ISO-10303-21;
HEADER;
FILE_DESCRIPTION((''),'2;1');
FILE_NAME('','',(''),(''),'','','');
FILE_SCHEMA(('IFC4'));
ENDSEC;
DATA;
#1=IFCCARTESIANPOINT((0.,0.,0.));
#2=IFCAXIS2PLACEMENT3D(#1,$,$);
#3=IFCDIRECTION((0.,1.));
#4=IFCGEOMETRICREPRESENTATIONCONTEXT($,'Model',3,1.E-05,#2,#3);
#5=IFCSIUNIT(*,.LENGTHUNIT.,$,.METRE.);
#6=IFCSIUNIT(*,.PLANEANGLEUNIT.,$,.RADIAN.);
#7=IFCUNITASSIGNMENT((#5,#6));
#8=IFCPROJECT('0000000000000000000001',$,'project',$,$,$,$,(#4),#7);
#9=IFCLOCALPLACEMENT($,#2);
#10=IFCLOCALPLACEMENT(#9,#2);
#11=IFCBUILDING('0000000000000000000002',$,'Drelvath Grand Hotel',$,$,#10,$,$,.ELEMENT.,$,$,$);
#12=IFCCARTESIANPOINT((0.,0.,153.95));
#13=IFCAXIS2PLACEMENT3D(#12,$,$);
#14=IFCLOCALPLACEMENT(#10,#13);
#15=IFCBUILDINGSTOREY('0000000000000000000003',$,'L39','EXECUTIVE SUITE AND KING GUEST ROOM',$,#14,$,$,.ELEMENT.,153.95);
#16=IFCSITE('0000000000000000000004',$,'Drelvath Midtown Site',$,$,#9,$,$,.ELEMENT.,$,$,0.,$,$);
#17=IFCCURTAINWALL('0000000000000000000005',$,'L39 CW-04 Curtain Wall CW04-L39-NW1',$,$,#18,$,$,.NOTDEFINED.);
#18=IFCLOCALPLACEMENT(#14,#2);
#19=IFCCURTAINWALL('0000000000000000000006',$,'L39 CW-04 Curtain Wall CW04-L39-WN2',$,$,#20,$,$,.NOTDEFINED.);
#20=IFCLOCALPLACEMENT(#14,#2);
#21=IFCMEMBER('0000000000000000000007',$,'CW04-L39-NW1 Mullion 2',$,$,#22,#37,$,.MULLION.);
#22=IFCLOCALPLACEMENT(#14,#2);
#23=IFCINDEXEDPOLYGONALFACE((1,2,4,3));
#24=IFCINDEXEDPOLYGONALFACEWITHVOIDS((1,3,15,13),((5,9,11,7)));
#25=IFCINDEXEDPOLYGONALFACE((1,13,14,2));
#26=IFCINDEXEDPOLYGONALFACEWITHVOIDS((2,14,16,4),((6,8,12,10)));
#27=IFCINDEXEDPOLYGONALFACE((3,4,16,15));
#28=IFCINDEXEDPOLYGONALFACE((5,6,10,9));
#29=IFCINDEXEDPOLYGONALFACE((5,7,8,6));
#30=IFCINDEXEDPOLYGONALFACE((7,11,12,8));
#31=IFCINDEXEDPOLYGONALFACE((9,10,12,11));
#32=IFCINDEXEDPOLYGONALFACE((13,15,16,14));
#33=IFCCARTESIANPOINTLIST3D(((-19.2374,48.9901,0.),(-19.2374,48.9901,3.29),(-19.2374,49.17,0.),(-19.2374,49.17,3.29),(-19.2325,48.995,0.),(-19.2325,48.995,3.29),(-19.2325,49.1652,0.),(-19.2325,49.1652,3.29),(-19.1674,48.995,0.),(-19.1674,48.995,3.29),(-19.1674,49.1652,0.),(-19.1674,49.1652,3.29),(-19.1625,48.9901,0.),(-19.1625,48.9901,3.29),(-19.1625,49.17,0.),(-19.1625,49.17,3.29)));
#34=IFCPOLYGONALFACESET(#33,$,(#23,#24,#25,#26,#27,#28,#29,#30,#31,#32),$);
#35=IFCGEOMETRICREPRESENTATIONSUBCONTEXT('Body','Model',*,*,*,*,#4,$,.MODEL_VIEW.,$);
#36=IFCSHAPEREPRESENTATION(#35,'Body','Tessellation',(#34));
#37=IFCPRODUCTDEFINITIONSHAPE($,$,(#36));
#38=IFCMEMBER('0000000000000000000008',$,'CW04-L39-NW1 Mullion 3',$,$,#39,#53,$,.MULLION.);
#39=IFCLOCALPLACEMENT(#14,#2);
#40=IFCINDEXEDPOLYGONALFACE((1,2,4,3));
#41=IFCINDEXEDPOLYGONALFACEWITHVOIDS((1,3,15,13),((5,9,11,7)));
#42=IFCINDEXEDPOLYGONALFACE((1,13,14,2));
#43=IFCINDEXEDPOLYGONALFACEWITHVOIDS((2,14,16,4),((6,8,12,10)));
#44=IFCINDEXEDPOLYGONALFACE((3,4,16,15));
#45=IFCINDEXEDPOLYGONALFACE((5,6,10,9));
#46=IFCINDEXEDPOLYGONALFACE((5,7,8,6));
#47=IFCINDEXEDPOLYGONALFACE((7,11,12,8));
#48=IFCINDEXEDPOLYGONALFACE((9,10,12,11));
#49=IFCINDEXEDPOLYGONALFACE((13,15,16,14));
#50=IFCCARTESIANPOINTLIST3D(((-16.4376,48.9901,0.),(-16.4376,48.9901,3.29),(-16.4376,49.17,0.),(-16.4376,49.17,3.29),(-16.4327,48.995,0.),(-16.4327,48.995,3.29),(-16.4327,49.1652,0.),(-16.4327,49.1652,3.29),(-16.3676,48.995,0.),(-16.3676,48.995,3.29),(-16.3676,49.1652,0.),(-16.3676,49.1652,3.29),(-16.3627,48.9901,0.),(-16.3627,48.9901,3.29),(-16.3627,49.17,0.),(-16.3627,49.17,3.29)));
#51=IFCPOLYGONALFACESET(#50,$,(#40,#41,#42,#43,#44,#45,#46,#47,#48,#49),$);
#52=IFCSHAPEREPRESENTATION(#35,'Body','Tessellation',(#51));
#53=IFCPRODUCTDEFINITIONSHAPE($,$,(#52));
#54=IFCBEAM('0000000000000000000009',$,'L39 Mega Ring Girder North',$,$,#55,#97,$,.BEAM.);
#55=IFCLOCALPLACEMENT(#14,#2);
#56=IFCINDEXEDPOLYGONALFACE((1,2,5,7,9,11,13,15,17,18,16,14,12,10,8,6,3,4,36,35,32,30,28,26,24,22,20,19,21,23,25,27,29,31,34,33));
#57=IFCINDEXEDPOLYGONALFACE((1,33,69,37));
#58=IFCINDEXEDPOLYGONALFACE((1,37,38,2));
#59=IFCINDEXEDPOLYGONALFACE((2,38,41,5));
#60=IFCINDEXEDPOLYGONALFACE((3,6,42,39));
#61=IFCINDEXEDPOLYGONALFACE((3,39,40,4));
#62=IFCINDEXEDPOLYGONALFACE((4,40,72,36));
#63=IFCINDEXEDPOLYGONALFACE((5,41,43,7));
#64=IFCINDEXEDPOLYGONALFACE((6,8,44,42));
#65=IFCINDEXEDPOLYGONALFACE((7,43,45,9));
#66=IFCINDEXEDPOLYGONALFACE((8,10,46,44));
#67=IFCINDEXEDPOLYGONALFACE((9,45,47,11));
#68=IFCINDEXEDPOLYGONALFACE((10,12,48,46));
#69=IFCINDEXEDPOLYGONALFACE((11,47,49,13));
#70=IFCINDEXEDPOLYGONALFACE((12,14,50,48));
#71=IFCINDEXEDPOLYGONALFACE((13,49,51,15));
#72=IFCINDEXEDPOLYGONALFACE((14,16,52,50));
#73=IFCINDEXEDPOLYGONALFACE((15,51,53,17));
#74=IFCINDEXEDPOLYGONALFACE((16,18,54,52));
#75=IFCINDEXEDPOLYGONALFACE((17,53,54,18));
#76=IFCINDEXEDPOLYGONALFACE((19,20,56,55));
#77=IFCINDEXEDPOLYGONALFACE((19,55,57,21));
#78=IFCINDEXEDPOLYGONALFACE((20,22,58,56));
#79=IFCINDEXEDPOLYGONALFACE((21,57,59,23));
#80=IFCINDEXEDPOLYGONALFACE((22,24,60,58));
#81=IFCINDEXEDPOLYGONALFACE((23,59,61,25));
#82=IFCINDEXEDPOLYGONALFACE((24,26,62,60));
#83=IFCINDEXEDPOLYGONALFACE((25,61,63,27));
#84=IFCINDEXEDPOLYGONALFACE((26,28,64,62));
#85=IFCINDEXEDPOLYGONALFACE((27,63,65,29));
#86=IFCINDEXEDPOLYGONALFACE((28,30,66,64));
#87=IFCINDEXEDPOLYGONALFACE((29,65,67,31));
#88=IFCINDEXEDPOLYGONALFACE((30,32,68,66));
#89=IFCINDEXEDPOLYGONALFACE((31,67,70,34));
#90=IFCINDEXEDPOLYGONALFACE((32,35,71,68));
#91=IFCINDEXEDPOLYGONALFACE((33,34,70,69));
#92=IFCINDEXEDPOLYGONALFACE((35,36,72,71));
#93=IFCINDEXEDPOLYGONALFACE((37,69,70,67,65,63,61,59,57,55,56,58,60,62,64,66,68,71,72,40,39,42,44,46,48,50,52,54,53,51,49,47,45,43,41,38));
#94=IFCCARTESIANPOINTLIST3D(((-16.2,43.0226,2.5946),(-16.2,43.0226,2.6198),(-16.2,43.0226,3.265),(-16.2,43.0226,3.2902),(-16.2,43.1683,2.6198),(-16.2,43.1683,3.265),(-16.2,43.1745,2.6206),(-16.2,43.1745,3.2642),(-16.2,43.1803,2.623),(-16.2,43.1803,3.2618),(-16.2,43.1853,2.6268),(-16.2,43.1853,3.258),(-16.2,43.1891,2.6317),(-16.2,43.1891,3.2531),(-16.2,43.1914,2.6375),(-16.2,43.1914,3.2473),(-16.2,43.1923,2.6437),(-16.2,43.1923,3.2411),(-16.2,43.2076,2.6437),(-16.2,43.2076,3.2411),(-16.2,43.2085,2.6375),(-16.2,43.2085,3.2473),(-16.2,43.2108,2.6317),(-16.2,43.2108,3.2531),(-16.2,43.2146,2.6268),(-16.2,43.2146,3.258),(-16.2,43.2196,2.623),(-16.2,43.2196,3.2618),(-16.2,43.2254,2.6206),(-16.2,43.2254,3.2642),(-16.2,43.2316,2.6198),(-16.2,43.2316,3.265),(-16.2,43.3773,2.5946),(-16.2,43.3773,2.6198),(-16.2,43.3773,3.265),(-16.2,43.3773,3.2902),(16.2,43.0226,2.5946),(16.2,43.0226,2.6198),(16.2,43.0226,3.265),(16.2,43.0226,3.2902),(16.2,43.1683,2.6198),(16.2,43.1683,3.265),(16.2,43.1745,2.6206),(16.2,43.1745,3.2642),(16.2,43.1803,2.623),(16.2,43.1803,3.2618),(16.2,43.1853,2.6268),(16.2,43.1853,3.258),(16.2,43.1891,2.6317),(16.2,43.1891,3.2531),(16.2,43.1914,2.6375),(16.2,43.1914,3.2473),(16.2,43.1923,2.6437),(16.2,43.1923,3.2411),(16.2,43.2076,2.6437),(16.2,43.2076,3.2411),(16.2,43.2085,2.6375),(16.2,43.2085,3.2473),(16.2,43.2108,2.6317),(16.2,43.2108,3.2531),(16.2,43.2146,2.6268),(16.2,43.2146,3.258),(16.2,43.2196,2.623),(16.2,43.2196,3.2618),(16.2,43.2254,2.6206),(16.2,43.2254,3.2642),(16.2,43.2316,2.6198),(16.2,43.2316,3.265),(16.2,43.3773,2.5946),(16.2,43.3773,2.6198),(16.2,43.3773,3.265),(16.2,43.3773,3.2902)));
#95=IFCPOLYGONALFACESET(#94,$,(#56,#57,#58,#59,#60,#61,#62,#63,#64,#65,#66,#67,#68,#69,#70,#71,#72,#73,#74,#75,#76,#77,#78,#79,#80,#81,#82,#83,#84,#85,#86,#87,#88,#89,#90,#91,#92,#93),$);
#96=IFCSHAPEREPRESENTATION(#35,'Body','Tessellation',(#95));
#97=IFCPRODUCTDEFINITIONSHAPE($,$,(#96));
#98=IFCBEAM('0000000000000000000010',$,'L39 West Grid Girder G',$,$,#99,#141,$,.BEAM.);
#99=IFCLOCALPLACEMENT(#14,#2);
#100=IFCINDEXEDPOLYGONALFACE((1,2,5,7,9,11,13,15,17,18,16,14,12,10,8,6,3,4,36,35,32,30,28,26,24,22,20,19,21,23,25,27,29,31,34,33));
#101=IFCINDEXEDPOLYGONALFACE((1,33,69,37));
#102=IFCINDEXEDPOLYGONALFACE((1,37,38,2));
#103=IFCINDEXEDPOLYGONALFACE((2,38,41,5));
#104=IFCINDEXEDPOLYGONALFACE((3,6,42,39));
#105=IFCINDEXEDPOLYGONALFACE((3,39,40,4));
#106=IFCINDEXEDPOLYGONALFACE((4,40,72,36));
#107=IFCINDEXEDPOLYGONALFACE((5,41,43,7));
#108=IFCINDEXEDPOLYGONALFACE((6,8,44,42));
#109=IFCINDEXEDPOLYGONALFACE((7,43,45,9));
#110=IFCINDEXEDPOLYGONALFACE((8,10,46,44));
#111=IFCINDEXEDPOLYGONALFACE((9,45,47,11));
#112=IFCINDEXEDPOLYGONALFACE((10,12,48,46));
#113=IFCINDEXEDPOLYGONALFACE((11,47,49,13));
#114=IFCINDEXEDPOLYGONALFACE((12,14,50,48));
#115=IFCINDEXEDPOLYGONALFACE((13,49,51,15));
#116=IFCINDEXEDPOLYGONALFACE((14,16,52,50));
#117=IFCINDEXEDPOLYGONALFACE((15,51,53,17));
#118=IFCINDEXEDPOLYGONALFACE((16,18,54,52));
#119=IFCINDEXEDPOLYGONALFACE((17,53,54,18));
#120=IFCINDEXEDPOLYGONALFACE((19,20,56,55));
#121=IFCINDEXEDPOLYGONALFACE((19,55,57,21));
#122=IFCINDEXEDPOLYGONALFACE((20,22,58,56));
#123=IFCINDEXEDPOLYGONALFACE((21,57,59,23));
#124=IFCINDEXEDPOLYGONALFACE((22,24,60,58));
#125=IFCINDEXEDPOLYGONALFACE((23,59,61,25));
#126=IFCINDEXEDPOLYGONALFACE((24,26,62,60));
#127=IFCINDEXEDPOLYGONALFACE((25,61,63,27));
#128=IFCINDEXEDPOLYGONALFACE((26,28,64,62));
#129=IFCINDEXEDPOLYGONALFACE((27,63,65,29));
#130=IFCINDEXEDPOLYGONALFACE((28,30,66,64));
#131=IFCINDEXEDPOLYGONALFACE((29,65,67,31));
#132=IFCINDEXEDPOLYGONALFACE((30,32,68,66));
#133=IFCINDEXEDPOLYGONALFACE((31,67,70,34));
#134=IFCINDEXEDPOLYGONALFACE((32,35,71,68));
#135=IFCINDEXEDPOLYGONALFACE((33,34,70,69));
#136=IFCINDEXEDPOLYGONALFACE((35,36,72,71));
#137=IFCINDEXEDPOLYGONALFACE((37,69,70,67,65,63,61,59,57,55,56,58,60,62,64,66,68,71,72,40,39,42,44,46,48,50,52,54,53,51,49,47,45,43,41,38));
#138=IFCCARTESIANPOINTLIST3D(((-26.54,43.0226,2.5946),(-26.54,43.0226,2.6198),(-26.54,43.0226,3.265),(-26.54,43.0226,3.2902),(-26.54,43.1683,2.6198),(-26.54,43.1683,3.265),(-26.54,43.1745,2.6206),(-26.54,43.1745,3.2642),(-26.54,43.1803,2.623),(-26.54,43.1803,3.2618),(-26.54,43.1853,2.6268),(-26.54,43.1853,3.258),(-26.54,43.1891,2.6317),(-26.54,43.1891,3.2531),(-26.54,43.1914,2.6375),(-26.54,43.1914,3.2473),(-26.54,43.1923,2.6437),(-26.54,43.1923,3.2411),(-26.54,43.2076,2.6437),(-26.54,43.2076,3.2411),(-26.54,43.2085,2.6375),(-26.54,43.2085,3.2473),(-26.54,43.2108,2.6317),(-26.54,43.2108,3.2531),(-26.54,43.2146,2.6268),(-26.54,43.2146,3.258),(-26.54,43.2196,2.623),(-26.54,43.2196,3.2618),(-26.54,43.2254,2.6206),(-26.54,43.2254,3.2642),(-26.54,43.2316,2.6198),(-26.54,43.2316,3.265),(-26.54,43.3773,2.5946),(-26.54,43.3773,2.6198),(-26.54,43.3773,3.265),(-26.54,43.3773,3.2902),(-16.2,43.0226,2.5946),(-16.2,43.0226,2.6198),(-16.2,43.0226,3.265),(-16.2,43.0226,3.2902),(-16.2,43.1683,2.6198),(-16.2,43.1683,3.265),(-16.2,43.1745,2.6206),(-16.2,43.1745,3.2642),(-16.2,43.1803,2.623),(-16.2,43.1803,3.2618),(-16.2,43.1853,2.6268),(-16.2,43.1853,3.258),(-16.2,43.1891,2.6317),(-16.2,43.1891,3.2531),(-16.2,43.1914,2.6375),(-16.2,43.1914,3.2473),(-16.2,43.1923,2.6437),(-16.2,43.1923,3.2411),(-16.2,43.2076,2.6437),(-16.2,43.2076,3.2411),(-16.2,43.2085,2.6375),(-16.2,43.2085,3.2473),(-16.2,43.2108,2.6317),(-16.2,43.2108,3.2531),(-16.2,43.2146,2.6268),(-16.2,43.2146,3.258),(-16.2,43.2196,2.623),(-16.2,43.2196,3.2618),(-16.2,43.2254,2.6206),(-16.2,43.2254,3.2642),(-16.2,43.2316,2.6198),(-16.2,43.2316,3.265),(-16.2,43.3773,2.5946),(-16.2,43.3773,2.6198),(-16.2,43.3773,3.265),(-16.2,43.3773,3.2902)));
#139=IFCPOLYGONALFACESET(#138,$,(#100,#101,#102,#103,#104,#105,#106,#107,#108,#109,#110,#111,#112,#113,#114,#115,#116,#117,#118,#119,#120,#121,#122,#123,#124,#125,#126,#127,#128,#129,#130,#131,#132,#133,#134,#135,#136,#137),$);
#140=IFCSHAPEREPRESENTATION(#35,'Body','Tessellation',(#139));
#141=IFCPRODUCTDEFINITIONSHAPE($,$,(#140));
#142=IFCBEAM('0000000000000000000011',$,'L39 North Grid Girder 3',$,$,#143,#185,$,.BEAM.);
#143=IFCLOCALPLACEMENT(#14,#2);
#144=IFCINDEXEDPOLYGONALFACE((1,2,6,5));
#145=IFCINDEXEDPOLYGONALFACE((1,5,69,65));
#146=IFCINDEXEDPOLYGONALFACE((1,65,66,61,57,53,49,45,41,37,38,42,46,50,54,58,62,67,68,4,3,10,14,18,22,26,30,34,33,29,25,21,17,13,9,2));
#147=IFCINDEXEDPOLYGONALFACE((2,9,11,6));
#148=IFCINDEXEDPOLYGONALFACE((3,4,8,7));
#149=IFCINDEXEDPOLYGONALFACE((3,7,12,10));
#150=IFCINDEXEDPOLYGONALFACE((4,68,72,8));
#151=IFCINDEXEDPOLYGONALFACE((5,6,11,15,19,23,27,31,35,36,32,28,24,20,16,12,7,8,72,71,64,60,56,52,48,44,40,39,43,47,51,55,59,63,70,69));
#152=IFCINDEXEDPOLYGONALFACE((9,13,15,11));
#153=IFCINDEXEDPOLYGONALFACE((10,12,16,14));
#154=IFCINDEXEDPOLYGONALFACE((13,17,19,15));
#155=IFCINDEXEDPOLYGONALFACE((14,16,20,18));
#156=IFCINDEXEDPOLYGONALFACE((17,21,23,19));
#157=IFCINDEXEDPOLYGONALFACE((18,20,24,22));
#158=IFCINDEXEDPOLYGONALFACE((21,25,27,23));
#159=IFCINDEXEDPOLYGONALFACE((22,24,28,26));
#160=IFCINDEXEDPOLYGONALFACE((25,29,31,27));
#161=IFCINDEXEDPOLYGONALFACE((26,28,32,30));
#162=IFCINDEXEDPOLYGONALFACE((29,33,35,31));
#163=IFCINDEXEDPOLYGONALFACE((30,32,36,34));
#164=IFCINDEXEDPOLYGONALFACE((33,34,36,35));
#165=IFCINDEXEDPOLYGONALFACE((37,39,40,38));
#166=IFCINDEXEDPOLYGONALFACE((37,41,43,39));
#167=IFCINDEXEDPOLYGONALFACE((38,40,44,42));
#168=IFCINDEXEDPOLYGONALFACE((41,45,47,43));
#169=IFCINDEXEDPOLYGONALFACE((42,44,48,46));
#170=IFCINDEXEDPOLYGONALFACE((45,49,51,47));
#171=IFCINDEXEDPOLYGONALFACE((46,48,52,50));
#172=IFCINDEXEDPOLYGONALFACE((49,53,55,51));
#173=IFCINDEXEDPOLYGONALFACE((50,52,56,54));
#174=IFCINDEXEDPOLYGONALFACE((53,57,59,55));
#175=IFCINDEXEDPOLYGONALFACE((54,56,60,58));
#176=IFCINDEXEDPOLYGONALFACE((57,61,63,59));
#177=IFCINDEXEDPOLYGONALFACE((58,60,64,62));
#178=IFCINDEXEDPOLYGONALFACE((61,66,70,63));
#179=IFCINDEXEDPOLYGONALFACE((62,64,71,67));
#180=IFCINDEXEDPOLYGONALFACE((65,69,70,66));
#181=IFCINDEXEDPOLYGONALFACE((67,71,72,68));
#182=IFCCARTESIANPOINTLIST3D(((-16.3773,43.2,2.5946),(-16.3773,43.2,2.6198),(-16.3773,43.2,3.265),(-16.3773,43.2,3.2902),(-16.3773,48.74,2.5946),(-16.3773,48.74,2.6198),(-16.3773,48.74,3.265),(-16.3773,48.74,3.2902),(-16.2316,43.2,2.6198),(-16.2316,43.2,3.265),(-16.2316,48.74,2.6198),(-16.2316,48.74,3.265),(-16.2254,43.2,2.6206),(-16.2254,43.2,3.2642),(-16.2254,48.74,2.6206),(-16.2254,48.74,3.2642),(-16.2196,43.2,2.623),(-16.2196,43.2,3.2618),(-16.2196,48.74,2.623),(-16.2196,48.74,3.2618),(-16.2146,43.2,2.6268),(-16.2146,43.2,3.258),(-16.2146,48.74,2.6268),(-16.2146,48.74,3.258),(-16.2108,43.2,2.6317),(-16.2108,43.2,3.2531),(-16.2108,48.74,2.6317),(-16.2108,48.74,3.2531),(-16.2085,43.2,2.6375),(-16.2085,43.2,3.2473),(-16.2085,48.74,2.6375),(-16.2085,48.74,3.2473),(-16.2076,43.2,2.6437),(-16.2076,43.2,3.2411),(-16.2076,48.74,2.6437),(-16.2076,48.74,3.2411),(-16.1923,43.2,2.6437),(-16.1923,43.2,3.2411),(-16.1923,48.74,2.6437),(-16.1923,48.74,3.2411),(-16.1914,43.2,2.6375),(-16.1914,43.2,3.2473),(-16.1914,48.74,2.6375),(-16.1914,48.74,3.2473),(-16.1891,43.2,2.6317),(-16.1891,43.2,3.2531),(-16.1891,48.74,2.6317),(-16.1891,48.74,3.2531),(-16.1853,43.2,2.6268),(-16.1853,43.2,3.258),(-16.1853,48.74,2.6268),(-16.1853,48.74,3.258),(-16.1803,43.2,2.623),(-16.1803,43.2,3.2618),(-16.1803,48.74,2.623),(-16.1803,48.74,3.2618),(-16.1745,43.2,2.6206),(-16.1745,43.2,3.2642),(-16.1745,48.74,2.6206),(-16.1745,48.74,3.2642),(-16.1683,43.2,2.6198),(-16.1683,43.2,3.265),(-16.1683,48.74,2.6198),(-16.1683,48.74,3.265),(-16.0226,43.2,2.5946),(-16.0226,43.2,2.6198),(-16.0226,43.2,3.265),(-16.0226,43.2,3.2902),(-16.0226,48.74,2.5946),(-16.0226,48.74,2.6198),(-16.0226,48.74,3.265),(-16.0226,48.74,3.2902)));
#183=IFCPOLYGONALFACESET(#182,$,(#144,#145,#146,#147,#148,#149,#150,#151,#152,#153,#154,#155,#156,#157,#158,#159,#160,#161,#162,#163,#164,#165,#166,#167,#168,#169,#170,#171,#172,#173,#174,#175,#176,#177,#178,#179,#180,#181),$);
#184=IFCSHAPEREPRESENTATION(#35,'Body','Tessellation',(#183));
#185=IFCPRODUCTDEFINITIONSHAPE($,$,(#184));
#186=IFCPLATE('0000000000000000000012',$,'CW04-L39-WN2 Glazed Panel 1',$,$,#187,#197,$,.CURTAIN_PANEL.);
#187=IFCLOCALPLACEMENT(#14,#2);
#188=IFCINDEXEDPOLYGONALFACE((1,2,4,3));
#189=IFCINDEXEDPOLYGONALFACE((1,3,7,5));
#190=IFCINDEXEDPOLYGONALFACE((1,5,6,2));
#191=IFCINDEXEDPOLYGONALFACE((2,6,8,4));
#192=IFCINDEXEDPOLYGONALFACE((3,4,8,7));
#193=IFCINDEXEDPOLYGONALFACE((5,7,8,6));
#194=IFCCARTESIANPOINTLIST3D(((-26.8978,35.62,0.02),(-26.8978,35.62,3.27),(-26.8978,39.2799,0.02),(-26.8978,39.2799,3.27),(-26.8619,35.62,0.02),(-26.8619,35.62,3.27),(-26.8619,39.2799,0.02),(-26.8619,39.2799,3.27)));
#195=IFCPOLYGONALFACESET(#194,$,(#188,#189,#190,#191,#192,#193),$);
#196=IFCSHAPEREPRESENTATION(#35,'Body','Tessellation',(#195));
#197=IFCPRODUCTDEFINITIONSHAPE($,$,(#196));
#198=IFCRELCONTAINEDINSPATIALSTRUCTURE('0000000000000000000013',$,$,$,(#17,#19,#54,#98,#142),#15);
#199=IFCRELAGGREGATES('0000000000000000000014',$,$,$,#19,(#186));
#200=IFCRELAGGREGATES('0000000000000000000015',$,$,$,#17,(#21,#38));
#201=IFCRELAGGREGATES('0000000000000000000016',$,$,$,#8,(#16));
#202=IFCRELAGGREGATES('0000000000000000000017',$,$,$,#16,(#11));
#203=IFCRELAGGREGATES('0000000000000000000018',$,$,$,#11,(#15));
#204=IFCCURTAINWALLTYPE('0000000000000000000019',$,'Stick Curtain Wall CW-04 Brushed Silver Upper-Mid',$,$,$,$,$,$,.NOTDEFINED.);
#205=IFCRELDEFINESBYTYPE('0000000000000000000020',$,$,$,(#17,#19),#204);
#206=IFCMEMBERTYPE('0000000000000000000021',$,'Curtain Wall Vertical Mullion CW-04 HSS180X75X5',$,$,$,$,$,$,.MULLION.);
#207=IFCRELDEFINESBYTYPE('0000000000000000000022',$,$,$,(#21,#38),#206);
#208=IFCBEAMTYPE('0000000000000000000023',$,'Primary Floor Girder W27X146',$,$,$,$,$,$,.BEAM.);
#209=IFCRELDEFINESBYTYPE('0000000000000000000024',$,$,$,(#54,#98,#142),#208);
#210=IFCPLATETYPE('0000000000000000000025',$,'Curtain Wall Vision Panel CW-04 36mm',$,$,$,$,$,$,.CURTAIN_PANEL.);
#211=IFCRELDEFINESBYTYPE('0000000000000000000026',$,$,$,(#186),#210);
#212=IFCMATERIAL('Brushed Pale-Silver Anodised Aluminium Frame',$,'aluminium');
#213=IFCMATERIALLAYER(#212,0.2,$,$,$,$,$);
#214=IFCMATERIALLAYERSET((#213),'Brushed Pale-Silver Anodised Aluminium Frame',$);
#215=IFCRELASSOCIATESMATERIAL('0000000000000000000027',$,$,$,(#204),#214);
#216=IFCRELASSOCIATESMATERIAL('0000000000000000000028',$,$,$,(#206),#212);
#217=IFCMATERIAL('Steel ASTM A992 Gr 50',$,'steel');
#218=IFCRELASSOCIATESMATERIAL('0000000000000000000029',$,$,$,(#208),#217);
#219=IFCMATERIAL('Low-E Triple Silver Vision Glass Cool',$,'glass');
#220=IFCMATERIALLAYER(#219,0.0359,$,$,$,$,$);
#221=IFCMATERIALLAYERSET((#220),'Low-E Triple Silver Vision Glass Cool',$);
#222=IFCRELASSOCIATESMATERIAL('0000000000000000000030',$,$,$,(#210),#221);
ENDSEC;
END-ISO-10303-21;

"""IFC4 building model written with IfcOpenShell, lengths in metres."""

from ifc_helpers import new_model, si_unit, direction, frame, origin, origin_2d, place, context, subcontext, project, spatial, rectangle, hollow_rectangle, i_section, extrude, material, layer, layer_set, material_profile, profile_set, type_object, element, aggregate, save


model = new_model("IFC4")

# Units and contexts
model_context = context("Model", 3, precision=1e-05, world=origin(), true_north=direction((0.0, 1.0)))
body_context = subcontext(model_context, "Body", "Model", "MODEL_VIEW")
ifc_project = project(units=[si_unit("LENGTHUNIT", "METRE"), si_unit("PLANEANGLEUNIT", "RADIAN")], contexts=[model_context])

# Site, building, storey
site_placement = place(None, origin())
site = spatial("IfcSite", under=ifc_project, at=site_placement, Name="Drelvath Midtown Site", CompositionType="ELEMENT", RefElevation=0.0)
building_placement = place(site_placement, origin())
building = spatial("IfcBuilding", under=site, at=building_placement, Name="Drelvath Grand Hotel", CompositionType="ELEMENT")
storey_placement = place(building_placement, frame((0.0, 0.0, 153.95)))
storey = spatial("IfcBuildingStorey", under=building, at=storey_placement, Name="L39", Description="EXECUTIVE SUITE AND KING GUEST ROOM", CompositionType="ELEMENT", Elevation=153.95)

# Shared definitions
ifc_material_1 = material(Name="Steel ASTM A992 Gr 50", Category="steel")

# Curtain wall
ifc_material_2 = material(Name="Brushed Pale-Silver Anodised Aluminium Frame", Category="aluminium")
ifc_layer_1 = layer(ifc_material_2, 0.2)
ifc_layer_set_1 = layer_set([ifc_layer_1], Name="Brushed Pale-Silver Anodised Aluminium Frame")
curtain_wall_type = type_object("IfcCurtainWallType", Name="Stick Curtain Wall CW-04 Brushed Silver Upper-Mid", PredefinedType="NOTDEFINED", material=ifc_layer_set_1)
curtain_wall_1_placement = place(storey_placement, origin())
curtain_wall_1 = element("IfcCurtainWall", 1, at=curtain_wall_1_placement, inside=storey, type_object=curtain_wall_type, Name="L39 CW-04 Curtain Wall CW04-L39-NW1", PredefinedType="NOTDEFINED")

# Curtain wall
curtain_wall_2_placement = place(storey_placement, origin())
curtain_wall_2 = element("IfcCurtainWall", 2, at=curtain_wall_2_placement, inside=storey, type_object=curtain_wall_type, Name="L39 CW-04 Curtain Wall CW04-L39-WN2", PredefinedType="NOTDEFINED")
ifc_material_profile_1 = material_profile(ifc_material_2, hollow_rectangle(XDim=0.075, YDim=0.1799, WallThickness=0.0049, at=origin_2d()), Name="HSS180X75X5")
ifc_profile_set_1 = profile_set([ifc_material_profile_1], Name="Brushed Pale-Silver Anodised Aluminium Frame")
member_type_1 = type_object("IfcMemberType", Name="Curtain Wall Vertical Mullion CW-04 HSS180X75X5", PredefinedType="MULLION", material=ifc_profile_set_1)

# Members
member_1_placement = place(storey_placement, frame((-19.2, 49.0801, 0.0), z_axis=(0.0, 0.0, 1.0), x_axis=(1.0, 0.0, 0.0)))
member_1 = element("IfcMember", 3, at=member_1_placement, type_object=member_type_1, Name="CW04-L39-NW1 Mullion 2", PredefinedType="MULLION", context=body_context, shape_type="SweptSolid", body=[
    extrude(hollow_rectangle(XDim=0.075, YDim=0.1799, WallThickness=0.0049, at=origin_2d()), origin(), (0.0, 0.0, 1.0), 3.29),
])
member_2_placement = place(storey_placement, frame((-16.4001, 49.0801, 0.0), z_axis=(0.0, 0.0, 1.0), x_axis=(1.0, 0.0, 0.0)))
member_2 = element("IfcMember", 4, at=member_2_placement, type_object=member_type_1, Name="CW04-L39-NW1 Mullion 3", PredefinedType="MULLION", context=body_context, shape_type="SweptSolid", body=[
    extrude(hollow_rectangle(XDim=0.075, YDim=0.1799, WallThickness=0.0049, at=origin_2d()), origin(), (0.0, 0.0, 1.0), 3.29),
])

# Beams
ifc_material_profile_2 = material_profile(ifc_material_1, i_section(OverallWidth=0.3547, OverallDepth=0.6956, WebThickness=0.0154, FlangeThickness=0.0251, FilletRadius=0.0239, at=origin_2d()), Name="W27X146")
ifc_profile_set_2 = profile_set([ifc_material_profile_2], Name="Steel ASTM A992 Gr 50")
beam_type_1 = type_object("IfcBeamType", Name="Primary Floor Girder W27X146", PredefinedType="BEAM", material=ifc_profile_set_2)
beam_1_placement = place(storey_placement, frame((-16.2, 43.2, 2.9424), z_axis=(1.0, 0.0, 0.0), x_axis=(0.0, 1.0, 0.0)))
element("IfcBeam", 5, at=beam_1_placement, inside=storey, type_object=beam_type_1, Name="L39 Mega Ring Girder North", PredefinedType="BEAM", context=body_context, shape_type="SweptSolid", body=[
    extrude(i_section(OverallWidth=0.3547, OverallDepth=0.6956, WebThickness=0.0154, FlangeThickness=0.0251, FilletRadius=0.0239, at=origin_2d()), origin(), (0.0, 0.0, 1.0), 32.3999),
])
beam_2_placement = place(storey_placement, frame((-26.54, 43.2, 2.9424), z_axis=(1.0, 0.0, 0.0), x_axis=(0.0, 1.0, 0.0)))
element("IfcBeam", 6, at=beam_2_placement, inside=storey, type_object=beam_type_1, Name="L39 West Grid Girder G", PredefinedType="BEAM", context=body_context, shape_type="SweptSolid", body=[
    extrude(i_section(OverallWidth=0.3547, OverallDepth=0.6956, WebThickness=0.0154, FlangeThickness=0.0251, FilletRadius=0.0239, at=origin_2d()), origin(), (0.0, 0.0, 1.0), 10.3401),
])
beam_3_placement = place(storey_placement, frame((-16.2, 43.2, 2.9424), z_axis=(0.0, 1.0, 0.0), x_axis=(-1.0, 0.0, 0.0)))
element("IfcBeam", 7, at=beam_3_placement, inside=storey, type_object=beam_type_1, Name="L39 North Grid Girder 3", PredefinedType="BEAM", context=body_context, shape_type="SweptSolid", body=[
    extrude(i_section(OverallWidth=0.3547, OverallDepth=0.6956, WebThickness=0.0154, FlangeThickness=0.0251, FilletRadius=0.0239, at=origin_2d()), origin(), (0.0, 0.0, 1.0), 5.54),
])

# Plate
ifc_material_3 = material(Name="Low-E Triple Silver Vision Glass Cool", Category="glass")
ifc_layer_2 = layer(ifc_material_3, 0.0359)
ifc_layer_set_2 = layer_set([ifc_layer_2], Name="Low-E Triple Silver Vision Glass Cool")
plate_type = type_object("IfcPlateType", Name="Curtain Wall Vision Panel CW-04 36mm", PredefinedType="CURTAIN_PANEL", material=ifc_layer_set_2)
plate_1_placement = place(storey_placement, frame((-26.8799, 37.45, 0.02), z_axis=(0.0, 0.0, 1.0), x_axis=(0.0, 1.0, 0.0)))
plate_1 = element("IfcPlate", 8, at=plate_1_placement, type_object=plate_type, Name="CW04-L39-WN2 Glazed Panel 1", PredefinedType="CURTAIN_PANEL", context=body_context, shape_type="SweptSolid", body=[
    extrude(rectangle(XDim=3.6599, YDim=0.0359, at=origin_2d()), origin(), (0.0, 0.0, 1.0), 3.25),
])
aggregate(curtain_wall_2, [plate_1])
aggregate(curtain_wall_1, [member_1, member_2])

save(model, "model.ifc")
